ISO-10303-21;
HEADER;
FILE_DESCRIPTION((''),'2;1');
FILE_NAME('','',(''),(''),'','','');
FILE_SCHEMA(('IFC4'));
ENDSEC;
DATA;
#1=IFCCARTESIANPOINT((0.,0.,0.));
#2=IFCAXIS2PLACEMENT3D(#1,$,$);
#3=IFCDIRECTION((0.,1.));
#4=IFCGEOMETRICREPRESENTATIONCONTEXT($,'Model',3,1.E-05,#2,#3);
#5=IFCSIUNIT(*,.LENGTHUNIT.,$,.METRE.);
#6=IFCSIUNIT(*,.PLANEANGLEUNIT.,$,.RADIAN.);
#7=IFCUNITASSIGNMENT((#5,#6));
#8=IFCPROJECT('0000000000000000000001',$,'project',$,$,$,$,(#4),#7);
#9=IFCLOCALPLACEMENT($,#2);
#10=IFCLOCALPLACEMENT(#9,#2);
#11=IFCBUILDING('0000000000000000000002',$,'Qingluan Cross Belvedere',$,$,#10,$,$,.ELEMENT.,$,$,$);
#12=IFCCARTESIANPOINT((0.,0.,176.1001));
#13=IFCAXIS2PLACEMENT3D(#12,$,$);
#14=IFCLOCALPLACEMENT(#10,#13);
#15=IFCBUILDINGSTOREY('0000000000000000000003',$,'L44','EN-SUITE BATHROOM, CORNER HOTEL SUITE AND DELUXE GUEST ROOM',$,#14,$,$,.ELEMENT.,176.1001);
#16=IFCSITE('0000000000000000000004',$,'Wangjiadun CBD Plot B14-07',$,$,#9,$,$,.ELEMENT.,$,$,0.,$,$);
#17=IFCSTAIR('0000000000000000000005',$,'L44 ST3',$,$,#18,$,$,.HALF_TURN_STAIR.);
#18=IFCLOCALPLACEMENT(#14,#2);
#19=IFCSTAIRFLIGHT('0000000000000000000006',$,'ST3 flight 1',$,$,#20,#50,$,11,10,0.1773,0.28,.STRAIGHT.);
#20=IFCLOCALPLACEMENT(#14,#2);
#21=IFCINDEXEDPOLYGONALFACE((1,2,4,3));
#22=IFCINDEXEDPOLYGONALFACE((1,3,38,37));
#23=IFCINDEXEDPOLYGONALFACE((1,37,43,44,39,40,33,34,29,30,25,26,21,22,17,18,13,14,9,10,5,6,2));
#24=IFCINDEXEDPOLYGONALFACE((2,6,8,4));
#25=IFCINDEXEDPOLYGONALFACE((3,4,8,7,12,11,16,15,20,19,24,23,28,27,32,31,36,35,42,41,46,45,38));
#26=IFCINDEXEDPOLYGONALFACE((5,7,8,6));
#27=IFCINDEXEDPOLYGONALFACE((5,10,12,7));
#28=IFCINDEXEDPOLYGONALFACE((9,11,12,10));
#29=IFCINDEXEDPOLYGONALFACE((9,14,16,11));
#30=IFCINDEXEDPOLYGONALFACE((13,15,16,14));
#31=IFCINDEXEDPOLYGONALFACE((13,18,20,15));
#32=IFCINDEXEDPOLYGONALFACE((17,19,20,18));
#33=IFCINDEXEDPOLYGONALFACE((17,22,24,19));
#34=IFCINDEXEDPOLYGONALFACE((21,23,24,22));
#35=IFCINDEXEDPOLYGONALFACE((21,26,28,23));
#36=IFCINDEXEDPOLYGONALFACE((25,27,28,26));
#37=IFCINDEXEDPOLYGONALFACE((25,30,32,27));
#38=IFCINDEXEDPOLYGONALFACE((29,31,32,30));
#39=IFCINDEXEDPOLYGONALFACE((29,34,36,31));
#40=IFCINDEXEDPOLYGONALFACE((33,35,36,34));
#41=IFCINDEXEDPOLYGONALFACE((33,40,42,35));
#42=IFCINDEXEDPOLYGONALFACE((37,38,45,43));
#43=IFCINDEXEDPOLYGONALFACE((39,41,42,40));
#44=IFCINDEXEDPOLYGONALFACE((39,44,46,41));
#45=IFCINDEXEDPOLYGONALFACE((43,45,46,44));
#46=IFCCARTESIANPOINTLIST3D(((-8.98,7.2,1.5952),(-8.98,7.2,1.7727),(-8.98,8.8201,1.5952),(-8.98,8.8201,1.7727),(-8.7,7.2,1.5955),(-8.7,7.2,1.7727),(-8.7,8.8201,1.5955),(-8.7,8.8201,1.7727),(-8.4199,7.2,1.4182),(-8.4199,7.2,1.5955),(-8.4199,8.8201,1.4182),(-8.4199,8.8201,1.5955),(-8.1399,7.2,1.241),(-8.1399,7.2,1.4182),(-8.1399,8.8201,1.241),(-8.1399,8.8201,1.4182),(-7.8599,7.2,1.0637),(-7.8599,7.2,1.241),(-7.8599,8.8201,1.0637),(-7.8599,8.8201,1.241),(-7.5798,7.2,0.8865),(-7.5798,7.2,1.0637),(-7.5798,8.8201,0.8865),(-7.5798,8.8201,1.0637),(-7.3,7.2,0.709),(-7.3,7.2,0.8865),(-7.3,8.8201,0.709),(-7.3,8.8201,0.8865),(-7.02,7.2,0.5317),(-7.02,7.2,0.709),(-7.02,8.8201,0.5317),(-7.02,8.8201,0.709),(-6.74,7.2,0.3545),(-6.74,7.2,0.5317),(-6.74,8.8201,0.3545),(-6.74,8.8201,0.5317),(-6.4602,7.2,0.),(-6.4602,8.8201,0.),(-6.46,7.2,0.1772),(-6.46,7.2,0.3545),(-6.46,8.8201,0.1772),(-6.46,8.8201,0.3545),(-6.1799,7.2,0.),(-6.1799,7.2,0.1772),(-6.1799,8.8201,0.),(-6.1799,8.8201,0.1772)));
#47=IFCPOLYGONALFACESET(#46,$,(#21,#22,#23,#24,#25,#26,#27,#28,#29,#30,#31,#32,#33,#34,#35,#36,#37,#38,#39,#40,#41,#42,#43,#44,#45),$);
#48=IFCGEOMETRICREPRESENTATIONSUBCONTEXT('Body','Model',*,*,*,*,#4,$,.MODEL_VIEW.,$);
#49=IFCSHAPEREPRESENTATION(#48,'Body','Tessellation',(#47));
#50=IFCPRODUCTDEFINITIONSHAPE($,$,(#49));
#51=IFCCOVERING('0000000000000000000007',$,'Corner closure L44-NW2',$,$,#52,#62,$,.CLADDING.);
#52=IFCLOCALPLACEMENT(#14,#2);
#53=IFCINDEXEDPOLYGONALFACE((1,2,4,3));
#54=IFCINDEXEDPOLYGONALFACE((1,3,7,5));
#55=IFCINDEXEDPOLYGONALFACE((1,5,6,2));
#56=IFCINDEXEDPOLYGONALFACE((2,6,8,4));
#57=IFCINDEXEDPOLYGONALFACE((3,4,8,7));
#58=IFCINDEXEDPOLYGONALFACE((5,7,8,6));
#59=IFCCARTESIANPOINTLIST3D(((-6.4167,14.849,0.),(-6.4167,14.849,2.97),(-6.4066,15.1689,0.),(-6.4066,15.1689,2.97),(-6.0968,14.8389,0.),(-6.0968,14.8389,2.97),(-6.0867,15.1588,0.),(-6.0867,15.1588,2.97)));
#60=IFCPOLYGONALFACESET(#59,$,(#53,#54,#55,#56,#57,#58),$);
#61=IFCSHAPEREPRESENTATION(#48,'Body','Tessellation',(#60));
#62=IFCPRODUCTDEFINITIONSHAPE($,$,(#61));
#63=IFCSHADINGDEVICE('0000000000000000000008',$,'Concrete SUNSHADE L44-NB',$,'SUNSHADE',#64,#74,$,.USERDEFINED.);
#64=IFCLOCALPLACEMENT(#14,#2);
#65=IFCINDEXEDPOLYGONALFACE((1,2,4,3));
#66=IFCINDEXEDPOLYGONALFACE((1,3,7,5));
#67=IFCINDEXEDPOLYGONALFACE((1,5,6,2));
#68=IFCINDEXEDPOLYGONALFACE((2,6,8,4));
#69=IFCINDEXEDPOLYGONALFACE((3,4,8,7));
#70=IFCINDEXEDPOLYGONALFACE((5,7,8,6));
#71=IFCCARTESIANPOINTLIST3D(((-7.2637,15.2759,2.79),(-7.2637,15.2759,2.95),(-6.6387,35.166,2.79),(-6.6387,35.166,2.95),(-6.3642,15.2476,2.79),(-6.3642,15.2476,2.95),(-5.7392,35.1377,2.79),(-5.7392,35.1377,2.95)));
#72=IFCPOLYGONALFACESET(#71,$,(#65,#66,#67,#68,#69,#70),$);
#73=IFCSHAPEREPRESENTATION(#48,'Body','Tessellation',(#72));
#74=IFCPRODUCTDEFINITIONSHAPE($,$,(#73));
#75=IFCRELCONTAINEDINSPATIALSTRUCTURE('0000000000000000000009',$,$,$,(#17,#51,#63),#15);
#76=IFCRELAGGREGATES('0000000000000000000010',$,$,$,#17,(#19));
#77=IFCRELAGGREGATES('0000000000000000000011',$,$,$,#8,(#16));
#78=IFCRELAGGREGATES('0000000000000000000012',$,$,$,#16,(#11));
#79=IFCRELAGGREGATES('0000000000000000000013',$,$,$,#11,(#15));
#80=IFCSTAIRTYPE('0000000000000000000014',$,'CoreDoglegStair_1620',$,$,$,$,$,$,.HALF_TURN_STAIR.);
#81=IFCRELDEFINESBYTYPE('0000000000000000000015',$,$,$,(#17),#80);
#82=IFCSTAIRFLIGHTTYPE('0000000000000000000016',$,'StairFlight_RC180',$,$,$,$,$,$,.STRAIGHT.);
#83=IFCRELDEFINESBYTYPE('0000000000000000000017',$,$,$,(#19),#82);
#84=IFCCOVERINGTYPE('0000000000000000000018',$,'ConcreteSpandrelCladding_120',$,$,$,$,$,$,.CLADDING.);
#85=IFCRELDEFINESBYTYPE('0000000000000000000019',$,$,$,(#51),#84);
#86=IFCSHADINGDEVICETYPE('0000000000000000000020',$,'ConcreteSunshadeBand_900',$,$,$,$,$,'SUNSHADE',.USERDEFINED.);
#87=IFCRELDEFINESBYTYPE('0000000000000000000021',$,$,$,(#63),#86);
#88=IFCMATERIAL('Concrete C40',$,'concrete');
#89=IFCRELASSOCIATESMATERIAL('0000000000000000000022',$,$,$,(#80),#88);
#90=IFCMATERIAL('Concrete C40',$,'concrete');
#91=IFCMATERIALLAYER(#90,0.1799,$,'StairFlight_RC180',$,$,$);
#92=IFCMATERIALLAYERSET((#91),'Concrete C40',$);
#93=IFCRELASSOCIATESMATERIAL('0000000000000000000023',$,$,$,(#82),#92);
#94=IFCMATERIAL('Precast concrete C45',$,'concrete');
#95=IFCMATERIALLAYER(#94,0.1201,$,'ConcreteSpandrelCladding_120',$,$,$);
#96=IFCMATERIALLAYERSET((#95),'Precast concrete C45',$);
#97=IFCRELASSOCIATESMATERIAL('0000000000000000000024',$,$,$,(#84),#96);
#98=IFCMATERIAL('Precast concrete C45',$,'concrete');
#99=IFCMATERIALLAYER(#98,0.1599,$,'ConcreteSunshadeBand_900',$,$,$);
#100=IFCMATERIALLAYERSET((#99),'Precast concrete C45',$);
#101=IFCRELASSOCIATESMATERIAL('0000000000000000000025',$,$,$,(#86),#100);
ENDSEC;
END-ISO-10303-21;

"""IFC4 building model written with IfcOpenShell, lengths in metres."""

from ifc_helpers import new_model, si_unit, direction, frame, origin, origin_2d, place, context, subcontext, project, spatial, polyline, rectangle, outline, extrude, material, layer, layer_set, type_object, element, aggregate, save


model = new_model("IFC4")

# Units and contexts
model_context = context("Model", 3, precision=1e-05, world=origin(), true_north=direction((0.0, 1.0)))
body_context = subcontext(model_context, "Body", "Model", "MODEL_VIEW")
ifc_project = project(units=[si_unit("LENGTHUNIT", "METRE"), si_unit("PLANEANGLEUNIT", "RADIAN")], contexts=[model_context])

# Site, building, storey
site_placement = place(None, origin())
site = spatial("IfcSite", under=ifc_project, at=site_placement, Name="Wangjiadun CBD Plot B14-07", CompositionType="ELEMENT", RefElevation=0.0)
building_placement = place(site_placement, origin())
building = spatial("IfcBuilding", under=site, at=building_placement, Name="Qingluan Cross Belvedere", CompositionType="ELEMENT")
storey_placement = place(building_placement, frame((0.0, 0.0, 176.1001)))
storey = spatial("IfcBuildingStorey", under=building, at=storey_placement, Name="L44", Description="EN-SUITE BATHROOM, CORNER HOTEL SUITE AND DELUXE GUEST ROOM", CompositionType="ELEMENT", Elevation=176.1001)

# Stair, stair flight
ifc_material_1 = material(Name="Concrete C40", Category="concrete")
stair_type = type_object("IfcStairType", Name="CoreDoglegStair_1620", PredefinedType="HALF_TURN_STAIR", material=ifc_material_1)
stair_placement = place(storey_placement, origin())
stair = element("IfcStair", 1, at=stair_placement, inside=storey, type_object=stair_type, Name="L44 ST3", PredefinedType="HALF_TURN_STAIR")
ifc_material_2 = material(Name="Concrete C40", Category="concrete")
ifc_layer_1 = layer(ifc_material_2, 0.1799, Name="StairFlight_RC180")
ifc_layer_set_1 = layer_set([ifc_layer_1], Name="Concrete C40")
stair_flight_type = type_object("IfcStairFlightType", Name="StairFlight_RC180", PredefinedType="STRAIGHT", material=ifc_layer_set_1)
stair_flight_placement = place(storey_placement, frame((-6.1799, 8.01, 0.0), z_axis=(0.0, 0.0, 1.0), x_axis=(-1.0, 0.0, 0.0)))
stair_flight = element("IfcStairFlight", 2, at=stair_flight_placement, type_object=stair_flight_type, Name="ST3 flight 1", NumberOfRisers=11, NumberOfTreads=10, PredefinedType="STRAIGHT", RiserHeight=0.1773, TreadLength=0.28, context=body_context, shape_type="SweptSolid", body=[
    extrude(outline(polyline([(0.0, 0.0), (0.0, 0.1772), (0.28, 0.1772), (0.28, 0.3545), (0.5601, 0.3545), (0.5601, 0.5317), (0.8401, 0.5317), (0.8401, 0.709), (1.1201, 0.709), (1.1201, 0.8865), (1.3999, 0.8865), (1.3999, 1.0637), (1.6799, 1.0637), (1.6799, 1.241), (1.96, 1.241), (1.96, 1.4182), (2.24, 1.4182), (2.24, 1.5955), (2.52, 1.5955), (2.52, 1.7727), (2.8, 1.7727), (2.8, 1.95), (2.8, 1.5952), (0.2803, 0.0), (0.0, 0.0)])), frame((0.0, 0.8101, 0.0), z_axis=(0.0, -1.0, 0.0), x_axis=(1.0, 0.0, 0.0)), (0.0, 0.0, 1.0), 1.6201),
])
aggregate(stair, [stair_flight])

# Covering
ifc_material_3 = material(Name="Precast concrete C45", Category="concrete")
ifc_layer_2 = layer(ifc_material_3, 0.1201, Name="ConcreteSpandrelCladding_120")
ifc_layer_set_2 = layer_set([ifc_layer_2], Name="Precast concrete C45")
covering_type = type_object("IfcCoveringType", Name="ConcreteSpandrelCladding_120", PredefinedType="CLADDING", material=ifc_layer_set_2)
covering_placement = place(storey_placement, frame((-6.2517, 15.0039, 0.0), z_axis=(0.0, 0.0, 1.0), x_axis=(0.999507, -0.031411, 0.0)))
element("IfcCovering", 3, at=covering_placement, inside=storey, type_object=covering_type, Name="Corner closure L44-NW2", PredefinedType="CLADDING", context=body_context, shape_type="SweptSolid", body=[
    extrude(rectangle(XDim=0.3201, YDim=0.3201, at=origin_2d()), origin(), (0.0, 0.0, 1.0), 2.97),
])

# Shading device
ifc_material_4 = material(Name="Precast concrete C45", Category="concrete")
ifc_layer_3 = layer(ifc_material_4, 0.1599, Name="ConcreteSunshadeBand_900")
ifc_layer_set_3 = layer_set([ifc_layer_3], Name="Precast concrete C45")
shading_device_type = type_object("IfcShadingDeviceType", Name="ConcreteSunshadeBand_900", ElementType="SUNSHADE", PredefinedType="USERDEFINED", material=ifc_layer_set_3)
shading_device_placement = place(storey_placement, frame((-6.5015, 25.2068, 2.79), z_axis=(0.0, 0.0, 1.0), x_axis=(-0.031408, -0.999507, 0.0)))
element("IfcShadingDevice", 4, at=shading_device_placement, inside=storey, type_object=shading_device_type, Name="Concrete SUNSHADE L44-NB", ObjectType="SUNSHADE", PredefinedType="USERDEFINED", context=body_context, shape_type="SweptSolid", body=[
    extrude(rectangle(XDim=19.8999, YDim=0.8999, at=origin_2d()), origin(), (0.0, 0.0, 1.0), 0.1599),
])

save(model, "model.ifc")
